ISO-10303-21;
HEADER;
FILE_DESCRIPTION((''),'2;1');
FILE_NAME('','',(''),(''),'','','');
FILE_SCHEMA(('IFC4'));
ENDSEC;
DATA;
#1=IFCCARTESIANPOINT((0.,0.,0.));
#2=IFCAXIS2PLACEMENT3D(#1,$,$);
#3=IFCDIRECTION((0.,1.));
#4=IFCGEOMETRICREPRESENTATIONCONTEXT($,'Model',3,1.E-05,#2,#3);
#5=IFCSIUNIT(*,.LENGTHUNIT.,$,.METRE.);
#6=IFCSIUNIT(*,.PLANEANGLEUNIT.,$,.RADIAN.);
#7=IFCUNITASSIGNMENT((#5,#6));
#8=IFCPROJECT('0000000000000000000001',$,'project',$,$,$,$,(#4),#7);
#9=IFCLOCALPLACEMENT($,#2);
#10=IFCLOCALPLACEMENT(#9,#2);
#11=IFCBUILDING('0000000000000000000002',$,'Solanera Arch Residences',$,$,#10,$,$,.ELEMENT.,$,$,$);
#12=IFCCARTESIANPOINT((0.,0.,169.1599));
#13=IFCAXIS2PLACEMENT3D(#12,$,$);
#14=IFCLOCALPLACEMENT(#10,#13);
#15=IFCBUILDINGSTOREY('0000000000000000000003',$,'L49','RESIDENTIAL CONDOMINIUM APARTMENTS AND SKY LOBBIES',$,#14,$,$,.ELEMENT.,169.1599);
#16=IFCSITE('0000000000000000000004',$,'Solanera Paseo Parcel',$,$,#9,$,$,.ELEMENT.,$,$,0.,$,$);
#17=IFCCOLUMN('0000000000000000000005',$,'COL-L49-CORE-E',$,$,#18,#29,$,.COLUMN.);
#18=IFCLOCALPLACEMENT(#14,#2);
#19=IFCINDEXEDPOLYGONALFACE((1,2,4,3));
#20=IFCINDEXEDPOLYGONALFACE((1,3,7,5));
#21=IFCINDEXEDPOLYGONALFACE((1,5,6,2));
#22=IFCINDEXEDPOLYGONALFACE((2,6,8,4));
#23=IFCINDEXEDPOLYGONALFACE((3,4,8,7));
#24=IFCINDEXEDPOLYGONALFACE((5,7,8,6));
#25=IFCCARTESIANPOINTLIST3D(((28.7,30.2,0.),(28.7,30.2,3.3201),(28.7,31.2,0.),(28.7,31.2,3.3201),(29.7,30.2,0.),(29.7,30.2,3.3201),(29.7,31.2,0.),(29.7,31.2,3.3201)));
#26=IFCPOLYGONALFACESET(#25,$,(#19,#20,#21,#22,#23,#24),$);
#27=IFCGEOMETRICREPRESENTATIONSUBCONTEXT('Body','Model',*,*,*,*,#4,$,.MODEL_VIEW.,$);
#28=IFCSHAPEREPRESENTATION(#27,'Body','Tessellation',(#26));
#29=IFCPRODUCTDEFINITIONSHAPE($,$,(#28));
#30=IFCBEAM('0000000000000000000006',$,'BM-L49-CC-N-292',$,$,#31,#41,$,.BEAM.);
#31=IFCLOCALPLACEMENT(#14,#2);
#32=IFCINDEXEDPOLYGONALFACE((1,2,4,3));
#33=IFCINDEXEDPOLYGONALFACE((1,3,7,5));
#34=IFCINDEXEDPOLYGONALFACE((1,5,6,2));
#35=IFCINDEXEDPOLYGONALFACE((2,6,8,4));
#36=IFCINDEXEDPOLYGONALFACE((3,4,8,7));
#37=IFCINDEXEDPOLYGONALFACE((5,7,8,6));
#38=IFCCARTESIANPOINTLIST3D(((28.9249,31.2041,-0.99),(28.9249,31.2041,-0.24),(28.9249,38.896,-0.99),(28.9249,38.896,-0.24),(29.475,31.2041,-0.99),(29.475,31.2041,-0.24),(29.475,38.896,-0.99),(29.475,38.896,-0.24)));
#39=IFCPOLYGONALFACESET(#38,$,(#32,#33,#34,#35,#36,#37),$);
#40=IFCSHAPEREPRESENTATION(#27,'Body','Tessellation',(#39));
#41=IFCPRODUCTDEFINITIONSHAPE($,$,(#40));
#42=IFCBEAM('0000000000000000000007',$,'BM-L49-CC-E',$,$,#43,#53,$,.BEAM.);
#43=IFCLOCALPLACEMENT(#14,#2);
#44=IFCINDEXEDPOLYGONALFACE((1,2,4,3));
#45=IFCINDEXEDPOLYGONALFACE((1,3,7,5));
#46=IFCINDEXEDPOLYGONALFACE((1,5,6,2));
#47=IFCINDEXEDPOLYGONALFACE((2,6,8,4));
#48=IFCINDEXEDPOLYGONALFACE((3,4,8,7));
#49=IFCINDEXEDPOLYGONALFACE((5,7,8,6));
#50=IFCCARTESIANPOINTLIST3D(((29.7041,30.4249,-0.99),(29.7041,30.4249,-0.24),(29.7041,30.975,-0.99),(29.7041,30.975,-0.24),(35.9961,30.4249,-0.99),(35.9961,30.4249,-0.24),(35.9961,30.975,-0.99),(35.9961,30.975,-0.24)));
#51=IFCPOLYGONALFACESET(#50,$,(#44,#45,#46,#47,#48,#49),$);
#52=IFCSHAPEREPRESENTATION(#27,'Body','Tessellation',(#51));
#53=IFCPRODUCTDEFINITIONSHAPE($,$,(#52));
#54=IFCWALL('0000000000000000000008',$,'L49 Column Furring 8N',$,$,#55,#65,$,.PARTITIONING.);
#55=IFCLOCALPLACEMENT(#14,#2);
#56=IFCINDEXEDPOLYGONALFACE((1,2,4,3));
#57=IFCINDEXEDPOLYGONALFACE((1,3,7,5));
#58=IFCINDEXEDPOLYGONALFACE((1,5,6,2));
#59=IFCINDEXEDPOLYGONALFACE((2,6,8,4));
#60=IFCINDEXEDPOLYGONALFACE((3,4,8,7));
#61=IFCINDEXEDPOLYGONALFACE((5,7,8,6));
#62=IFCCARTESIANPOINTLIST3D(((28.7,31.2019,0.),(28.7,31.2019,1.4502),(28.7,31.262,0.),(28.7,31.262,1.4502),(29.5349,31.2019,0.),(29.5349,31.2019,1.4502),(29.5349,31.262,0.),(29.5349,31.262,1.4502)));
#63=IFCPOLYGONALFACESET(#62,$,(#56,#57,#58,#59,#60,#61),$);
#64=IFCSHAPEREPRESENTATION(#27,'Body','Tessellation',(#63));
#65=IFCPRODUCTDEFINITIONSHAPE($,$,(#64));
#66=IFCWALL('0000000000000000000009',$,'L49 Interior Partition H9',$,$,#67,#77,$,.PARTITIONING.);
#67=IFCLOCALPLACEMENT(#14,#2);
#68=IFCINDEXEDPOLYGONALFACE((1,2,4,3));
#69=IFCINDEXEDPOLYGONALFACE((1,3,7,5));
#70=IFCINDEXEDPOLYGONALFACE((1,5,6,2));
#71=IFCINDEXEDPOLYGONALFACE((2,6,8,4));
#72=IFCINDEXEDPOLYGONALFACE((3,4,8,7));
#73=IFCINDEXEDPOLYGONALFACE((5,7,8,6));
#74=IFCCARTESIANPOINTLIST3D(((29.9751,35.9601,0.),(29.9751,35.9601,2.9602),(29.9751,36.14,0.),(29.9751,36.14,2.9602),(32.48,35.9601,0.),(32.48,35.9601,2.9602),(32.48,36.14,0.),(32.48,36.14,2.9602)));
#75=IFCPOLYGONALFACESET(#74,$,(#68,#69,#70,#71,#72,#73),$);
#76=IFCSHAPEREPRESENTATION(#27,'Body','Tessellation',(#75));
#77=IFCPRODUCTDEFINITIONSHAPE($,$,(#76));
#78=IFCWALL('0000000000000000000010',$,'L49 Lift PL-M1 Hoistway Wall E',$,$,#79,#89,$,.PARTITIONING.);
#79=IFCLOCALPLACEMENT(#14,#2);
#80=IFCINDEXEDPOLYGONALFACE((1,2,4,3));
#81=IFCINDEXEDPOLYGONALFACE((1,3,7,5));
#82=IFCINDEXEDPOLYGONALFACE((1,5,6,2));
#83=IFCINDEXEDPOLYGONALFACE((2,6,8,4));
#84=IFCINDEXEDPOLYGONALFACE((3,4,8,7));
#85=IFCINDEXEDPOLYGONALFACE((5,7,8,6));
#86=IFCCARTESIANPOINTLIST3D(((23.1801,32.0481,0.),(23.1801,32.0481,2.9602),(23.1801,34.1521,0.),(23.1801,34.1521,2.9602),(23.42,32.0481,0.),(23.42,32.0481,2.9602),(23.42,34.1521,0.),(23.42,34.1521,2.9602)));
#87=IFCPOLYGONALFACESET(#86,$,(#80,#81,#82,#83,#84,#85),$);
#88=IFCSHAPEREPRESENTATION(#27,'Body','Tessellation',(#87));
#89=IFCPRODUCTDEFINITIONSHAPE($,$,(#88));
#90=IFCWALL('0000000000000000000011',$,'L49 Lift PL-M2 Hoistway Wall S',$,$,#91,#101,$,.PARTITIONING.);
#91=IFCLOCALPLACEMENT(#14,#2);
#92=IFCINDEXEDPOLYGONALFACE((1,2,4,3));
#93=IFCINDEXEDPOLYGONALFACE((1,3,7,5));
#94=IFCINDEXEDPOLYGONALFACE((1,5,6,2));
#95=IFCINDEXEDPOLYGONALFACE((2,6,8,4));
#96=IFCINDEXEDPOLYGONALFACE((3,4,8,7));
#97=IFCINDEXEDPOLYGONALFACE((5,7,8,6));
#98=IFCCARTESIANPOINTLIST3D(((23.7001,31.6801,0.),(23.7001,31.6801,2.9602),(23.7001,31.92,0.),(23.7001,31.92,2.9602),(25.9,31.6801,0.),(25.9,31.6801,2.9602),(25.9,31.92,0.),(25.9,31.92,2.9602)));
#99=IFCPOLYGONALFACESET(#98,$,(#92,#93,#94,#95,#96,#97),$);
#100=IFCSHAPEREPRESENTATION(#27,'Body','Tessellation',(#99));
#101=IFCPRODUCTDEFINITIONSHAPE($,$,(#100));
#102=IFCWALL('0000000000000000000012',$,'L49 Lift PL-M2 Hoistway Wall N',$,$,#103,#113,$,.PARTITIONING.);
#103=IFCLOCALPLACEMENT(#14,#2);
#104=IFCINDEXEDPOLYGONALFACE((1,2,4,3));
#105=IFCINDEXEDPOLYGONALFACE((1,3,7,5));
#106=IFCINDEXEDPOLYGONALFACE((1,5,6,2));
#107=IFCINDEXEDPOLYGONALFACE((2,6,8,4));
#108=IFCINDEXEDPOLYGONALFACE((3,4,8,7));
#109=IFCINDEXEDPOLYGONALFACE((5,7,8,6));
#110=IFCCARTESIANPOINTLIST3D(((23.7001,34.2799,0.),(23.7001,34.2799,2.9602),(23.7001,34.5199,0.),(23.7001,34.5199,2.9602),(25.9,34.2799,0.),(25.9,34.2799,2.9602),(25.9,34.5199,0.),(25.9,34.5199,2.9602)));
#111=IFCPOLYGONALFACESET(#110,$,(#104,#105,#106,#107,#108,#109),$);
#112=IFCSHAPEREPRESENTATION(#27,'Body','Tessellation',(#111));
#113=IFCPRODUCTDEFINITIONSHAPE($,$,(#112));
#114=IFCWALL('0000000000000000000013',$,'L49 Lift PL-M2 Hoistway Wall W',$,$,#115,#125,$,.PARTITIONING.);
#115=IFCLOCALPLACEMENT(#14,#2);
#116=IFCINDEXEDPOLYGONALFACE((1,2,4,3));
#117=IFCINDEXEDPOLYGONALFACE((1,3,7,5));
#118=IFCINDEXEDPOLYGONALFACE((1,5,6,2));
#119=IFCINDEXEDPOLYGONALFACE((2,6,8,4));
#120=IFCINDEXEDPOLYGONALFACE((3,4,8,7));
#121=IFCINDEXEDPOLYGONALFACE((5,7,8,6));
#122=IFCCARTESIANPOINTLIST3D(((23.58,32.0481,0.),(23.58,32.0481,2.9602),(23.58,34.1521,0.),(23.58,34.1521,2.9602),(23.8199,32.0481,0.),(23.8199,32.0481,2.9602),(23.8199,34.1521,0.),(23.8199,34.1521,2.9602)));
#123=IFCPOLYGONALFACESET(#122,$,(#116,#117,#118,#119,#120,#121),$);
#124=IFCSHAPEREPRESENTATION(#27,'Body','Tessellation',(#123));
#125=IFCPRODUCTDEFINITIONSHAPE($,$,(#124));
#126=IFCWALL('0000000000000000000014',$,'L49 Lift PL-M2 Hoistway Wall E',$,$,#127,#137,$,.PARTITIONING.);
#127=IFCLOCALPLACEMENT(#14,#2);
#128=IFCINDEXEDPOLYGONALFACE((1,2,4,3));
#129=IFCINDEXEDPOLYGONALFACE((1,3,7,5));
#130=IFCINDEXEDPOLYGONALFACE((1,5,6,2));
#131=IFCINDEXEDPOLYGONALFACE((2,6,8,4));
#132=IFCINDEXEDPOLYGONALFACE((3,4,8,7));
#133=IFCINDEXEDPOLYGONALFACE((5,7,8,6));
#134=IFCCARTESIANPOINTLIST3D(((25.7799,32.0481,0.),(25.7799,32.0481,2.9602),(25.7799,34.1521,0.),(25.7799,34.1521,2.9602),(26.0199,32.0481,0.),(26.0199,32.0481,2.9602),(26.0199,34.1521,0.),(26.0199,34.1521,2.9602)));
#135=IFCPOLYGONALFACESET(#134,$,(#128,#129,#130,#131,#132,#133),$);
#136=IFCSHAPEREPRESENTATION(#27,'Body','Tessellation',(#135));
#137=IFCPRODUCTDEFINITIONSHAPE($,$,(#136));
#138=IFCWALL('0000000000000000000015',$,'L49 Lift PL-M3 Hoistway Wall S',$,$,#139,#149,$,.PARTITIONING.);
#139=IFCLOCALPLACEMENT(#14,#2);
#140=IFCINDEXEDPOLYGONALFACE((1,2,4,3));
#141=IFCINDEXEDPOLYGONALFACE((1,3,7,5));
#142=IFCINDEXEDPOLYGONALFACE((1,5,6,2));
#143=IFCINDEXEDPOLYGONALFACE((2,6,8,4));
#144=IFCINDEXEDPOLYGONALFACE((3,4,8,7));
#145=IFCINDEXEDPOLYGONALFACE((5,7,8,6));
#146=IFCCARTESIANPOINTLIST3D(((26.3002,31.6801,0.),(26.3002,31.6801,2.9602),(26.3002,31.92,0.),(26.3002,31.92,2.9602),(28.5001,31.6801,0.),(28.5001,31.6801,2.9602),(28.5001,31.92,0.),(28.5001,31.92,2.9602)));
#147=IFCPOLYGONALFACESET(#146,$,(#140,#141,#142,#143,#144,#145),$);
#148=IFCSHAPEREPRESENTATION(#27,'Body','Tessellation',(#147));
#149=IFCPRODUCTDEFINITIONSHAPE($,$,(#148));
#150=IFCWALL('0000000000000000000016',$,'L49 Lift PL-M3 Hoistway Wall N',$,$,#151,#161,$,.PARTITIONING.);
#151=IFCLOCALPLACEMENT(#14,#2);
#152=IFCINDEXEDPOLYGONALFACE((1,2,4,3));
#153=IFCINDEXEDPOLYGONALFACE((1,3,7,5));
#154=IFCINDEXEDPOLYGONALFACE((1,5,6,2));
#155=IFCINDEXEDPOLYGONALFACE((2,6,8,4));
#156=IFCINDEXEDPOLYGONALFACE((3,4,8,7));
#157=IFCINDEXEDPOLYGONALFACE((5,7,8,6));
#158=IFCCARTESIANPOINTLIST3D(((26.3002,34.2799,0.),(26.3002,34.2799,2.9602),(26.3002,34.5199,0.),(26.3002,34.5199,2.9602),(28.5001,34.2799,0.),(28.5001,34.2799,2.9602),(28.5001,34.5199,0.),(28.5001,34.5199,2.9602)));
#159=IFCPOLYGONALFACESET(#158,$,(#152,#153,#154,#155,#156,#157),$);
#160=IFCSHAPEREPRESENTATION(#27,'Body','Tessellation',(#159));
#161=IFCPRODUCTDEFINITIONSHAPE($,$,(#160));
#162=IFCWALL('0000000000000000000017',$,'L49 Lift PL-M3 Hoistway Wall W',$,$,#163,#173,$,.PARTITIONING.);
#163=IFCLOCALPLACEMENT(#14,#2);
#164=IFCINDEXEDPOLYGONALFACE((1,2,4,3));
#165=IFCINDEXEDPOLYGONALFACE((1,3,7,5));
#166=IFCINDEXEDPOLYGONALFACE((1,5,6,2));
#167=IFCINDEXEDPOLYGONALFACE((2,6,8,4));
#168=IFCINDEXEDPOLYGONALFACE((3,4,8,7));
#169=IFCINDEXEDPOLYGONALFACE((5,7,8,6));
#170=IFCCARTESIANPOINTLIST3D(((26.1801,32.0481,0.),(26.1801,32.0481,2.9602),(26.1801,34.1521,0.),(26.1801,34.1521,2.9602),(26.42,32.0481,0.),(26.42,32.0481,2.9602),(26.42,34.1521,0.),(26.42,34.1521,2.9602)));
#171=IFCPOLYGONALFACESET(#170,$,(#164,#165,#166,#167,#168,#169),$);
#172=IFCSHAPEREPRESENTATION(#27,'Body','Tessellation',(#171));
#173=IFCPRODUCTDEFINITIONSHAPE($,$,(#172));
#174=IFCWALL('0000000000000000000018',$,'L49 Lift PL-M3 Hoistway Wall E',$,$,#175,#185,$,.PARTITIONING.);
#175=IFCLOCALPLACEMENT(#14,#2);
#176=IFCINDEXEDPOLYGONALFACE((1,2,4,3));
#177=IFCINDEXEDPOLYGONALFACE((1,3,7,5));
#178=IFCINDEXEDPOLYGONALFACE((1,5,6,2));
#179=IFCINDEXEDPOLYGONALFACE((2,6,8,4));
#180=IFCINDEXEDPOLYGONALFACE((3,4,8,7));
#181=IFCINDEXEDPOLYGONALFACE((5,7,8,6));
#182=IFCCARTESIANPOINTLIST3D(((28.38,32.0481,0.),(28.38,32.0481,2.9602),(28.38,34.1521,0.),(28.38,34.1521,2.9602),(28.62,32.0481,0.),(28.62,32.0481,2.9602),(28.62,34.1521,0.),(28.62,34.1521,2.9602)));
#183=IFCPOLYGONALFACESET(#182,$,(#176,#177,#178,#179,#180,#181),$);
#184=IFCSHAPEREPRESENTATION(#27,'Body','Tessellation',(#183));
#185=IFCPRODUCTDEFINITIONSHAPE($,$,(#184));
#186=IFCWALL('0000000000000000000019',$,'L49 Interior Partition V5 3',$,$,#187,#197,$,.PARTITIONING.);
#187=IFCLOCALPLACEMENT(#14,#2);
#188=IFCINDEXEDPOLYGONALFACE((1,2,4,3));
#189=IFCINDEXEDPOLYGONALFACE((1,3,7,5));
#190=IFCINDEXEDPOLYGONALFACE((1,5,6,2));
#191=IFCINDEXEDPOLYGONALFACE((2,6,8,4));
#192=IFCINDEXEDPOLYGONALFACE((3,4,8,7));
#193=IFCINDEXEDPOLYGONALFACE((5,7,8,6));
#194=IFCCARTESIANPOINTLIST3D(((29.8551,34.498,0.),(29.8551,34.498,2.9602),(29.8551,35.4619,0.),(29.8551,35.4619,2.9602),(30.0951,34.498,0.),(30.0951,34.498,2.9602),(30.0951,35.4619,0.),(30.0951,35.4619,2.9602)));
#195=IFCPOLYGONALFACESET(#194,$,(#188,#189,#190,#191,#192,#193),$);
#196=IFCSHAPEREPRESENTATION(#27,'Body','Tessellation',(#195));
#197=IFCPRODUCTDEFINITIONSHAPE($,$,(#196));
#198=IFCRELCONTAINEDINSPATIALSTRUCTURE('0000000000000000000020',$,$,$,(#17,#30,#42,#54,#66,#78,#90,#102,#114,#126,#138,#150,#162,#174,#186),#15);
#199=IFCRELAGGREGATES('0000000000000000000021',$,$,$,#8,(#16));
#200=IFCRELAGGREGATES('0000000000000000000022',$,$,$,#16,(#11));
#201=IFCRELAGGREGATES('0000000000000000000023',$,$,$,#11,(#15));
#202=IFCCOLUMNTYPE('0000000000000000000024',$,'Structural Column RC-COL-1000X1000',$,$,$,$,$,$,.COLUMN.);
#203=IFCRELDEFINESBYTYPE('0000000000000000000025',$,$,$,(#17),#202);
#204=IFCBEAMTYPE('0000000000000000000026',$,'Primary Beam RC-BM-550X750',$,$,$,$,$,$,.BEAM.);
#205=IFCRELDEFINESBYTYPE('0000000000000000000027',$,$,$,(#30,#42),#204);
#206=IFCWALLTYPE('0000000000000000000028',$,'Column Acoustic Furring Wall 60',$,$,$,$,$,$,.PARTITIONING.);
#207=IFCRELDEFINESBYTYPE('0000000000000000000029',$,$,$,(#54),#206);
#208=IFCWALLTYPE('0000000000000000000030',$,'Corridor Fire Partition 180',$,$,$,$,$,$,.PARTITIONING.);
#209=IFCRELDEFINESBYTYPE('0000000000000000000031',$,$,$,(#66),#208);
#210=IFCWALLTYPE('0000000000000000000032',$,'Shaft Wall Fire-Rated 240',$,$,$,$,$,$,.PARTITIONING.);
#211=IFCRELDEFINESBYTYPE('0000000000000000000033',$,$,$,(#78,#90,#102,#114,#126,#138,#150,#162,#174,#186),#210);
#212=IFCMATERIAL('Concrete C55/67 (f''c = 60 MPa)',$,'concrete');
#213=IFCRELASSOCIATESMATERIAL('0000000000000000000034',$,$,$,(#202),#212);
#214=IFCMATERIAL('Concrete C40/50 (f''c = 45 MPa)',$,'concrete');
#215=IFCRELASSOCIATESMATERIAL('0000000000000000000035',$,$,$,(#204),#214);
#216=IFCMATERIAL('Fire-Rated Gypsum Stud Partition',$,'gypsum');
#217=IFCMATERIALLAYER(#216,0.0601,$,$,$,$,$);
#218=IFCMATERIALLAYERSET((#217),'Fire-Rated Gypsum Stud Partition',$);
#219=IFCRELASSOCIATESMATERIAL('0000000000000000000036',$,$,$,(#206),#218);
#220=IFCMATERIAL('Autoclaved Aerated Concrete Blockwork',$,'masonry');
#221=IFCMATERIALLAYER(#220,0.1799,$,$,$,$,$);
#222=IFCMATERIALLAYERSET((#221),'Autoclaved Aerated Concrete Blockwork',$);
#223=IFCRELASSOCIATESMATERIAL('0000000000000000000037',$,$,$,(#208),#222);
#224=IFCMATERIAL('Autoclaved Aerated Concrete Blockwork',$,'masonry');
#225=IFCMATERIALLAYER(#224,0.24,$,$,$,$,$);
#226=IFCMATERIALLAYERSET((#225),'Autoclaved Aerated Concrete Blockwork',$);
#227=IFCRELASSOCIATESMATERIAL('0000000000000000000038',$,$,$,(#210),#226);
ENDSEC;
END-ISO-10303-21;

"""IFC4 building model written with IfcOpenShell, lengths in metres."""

from ifc_helpers import new_model, si_unit, direction, frame, frame_2d, origin, origin_2d, place, context, subcontext, project, spatial, rectangle, extrude, material, layer, layer_set, material_profile, profile_set, type_object, element, save


model = new_model("IFC4")

# Units and contexts
model_context = context("Model", 3, precision=1e-05, world=origin(), true_north=direction((0.0, 1.0)))
body_context = subcontext(model_context, "Body", "Model", "MODEL_VIEW")
ifc_project = project(units=[si_unit("LENGTHUNIT", "METRE"), si_unit("PLANEANGLEUNIT", "RADIAN")], contexts=[model_context])

# Site, building, storey
site_placement = place(None, origin())
site = spatial("IfcSite", under=ifc_project, at=site_placement, Name="Solanera Paseo Parcel", CompositionType="ELEMENT", RefElevation=0.0)
building_placement = place(site_placement, origin())
building = spatial("IfcBuilding", under=site, at=building_placement, Name="Solanera Arch Residences", CompositionType="ELEMENT")
storey_placement = place(building_placement, frame((0.0, 0.0, 169.1599)))
storey = spatial("IfcBuildingStorey", under=building, at=storey_placement, Name="L49", Description="RESIDENTIAL CONDOMINIUM APARTMENTS AND SKY LOBBIES", CompositionType="ELEMENT", Elevation=169.1599)

# Column
ifc_material_1 = material(Name="Concrete C55/67 (f'c = 60 MPa)", Category="concrete")
ifc_material_profile_1 = material_profile(ifc_material_1, rectangle(XDim=1.0, YDim=1.0, at=origin_2d()))
ifc_profile_set_1 = profile_set([ifc_material_profile_1], Name="Concrete C55/67 (f'c = 60 MPa)")
column_type = type_object("IfcColumnType", Name="Structural Column RC-COL-1000X1000", PredefinedType="COLUMN", material=ifc_profile_set_1)
column_placement = place(storey_placement, frame((29.2, 30.7, 0.0), z_axis=(0.0, 0.0, 1.0), x_axis=(1.0, 0.0, 0.0)))
element("IfcColumn", 1, at=column_placement, inside=storey, type_object=column_type, Name="COL-L49-CORE-E", PredefinedType="COLUMN", context=body_context, shape_type="SweptSolid", body=[
    extrude(rectangle(XDim=1.0, YDim=1.0, at=origin_2d()), origin(), (0.0, 0.0, 1.0), 3.3201),
])

# Beams
ifc_material_2 = material(Name="Concrete C40/50 (f'c = 45 MPa)", Category="concrete")
ifc_material_profile_2 = material_profile(ifc_material_2, rectangle(XDim=0.55, YDim=0.75, at=origin_2d()))
ifc_profile_set_2 = profile_set([ifc_material_profile_2], Name="Concrete C40/50 (f'c = 45 MPa)")
beam_type = type_object("IfcBeamType", Name="Primary Beam RC-BM-550X750", PredefinedType="BEAM", material=ifc_profile_set_2)
beam_1_placement = place(storey_placement, frame((29.2, 31.2041, -0.615), z_axis=(0.0, 1.0, 0.0), x_axis=(-1.0, 0.0, 0.0)))
element("IfcBeam", 2, at=beam_1_placement, inside=storey, type_object=beam_type, Name="BM-L49-CC-N-292", PredefinedType="BEAM", context=body_context, shape_type="SweptSolid", body=[
    extrude(rectangle(XDim=0.55, YDim=0.75, at=origin_2d()), origin(), (0.0, 0.0, 1.0), 7.6919),
])
beam_2_placement = place(storey_placement, frame((29.7041, 30.7, -0.615), z_axis=(1.0, 0.0, 0.0), x_axis=(0.0, 1.0, 0.0)))
element("IfcBeam", 3, at=beam_2_placement, inside=storey, type_object=beam_type, Name="BM-L49-CC-E", PredefinedType="BEAM", context=body_context, shape_type="SweptSolid", body=[
    extrude(rectangle(XDim=0.55, YDim=0.75, at=origin_2d()), origin(), (0.0, 0.0, 1.0), 6.292),
])

# Wall
ifc_material_3 = material(Name="Fire-Rated Gypsum Stud Partition", Category="gypsum")
ifc_layer_1 = layer(ifc_material_3, 0.0601)
ifc_layer_set_1 = layer_set([ifc_layer_1], Name="Fire-Rated Gypsum Stud Partition")
wall_type_1 = type_object("IfcWallType", Name="Column Acoustic Furring Wall 60", PredefinedType="PARTITIONING", material=ifc_layer_set_1)
wall_1_placement = place(storey_placement, frame((28.7, 31.2319, 0.0), z_axis=(0.0, 0.0, 1.0), x_axis=(1.0, 0.0, 0.0)))
element("IfcWall", 4, at=wall_1_placement, inside=storey, type_object=wall_type_1, Name="L49 Column Furring 8N", PredefinedType="PARTITIONING", context=body_context, shape_type="SweptSolid", body=[
    extrude(rectangle(XDim=0.835, YDim=0.0601, at=frame_2d((0.4175, 0.0))), origin(), (0.0, 0.0, 1.0), 1.4502),
])

# Walls
ifc_material_4 = material(Name="Autoclaved Aerated Concrete Blockwork", Category="masonry")
ifc_layer_2 = layer(ifc_material_4, 0.1799)
ifc_layer_set_2 = layer_set([ifc_layer_2], Name="Autoclaved Aerated Concrete Blockwork")
wall_type_2 = type_object("IfcWallType", Name="Corridor Fire Partition 180", PredefinedType="PARTITIONING", material=ifc_layer_set_2)
wall_2_placement = place(storey_placement, frame((29.9751, 36.05, 0.0), z_axis=(0.0, 0.0, 1.0), x_axis=(1.0, 0.0, 0.0)))
element("IfcWall", 5, at=wall_2_placement, inside=storey, type_object=wall_type_2, Name="L49 Interior Partition H9", PredefinedType="PARTITIONING", context=body_context, shape_type="SweptSolid", body=[
    extrude(rectangle(XDim=2.5049, YDim=0.1799, at=frame_2d((1.2524, 0.0))), origin(), (0.0, 0.0, 1.0), 2.9602),
])
ifc_material_5 = material(Name="Autoclaved Aerated Concrete Blockwork", Category="masonry")
ifc_layer_3 = layer(ifc_material_5, 0.24)
ifc_layer_set_3 = layer_set([ifc_layer_3], Name="Autoclaved Aerated Concrete Blockwork")
wall_type_3 = type_object("IfcWallType", Name="Shaft Wall Fire-Rated 240", PredefinedType="PARTITIONING", material=ifc_layer_set_3)
wall_3_placement = place(storey_placement, frame((23.3, 32.0481, 0.0), z_axis=(0.0, 0.0, 1.0), x_axis=(0.0, 1.0, 0.0)))
element("IfcWall", 6, at=wall_3_placement, inside=storey, type_object=wall_type_3, Name="L49 Lift PL-M1 Hoistway Wall E", PredefinedType="PARTITIONING", context=body_context, shape_type="SweptSolid", body=[
    extrude(rectangle(XDim=2.104, YDim=0.24, at=frame_2d((1.052, 0.0))), origin(), (0.0, 0.0, 1.0), 2.9602),
])
for number, where, z_axis, x_axis, name in (
    (7, (23.7, 31.8, 0.0), (0.0, 0.0, 1.0), (1.0, 0.0, 0.0), "L49 Lift PL-M2 Hoistway Wall S"),
    (8, (23.7, 34.3999, 0.0), (0.0, 0.0, 1.0), (1.0, 0.0, 0.0), "L49 Lift PL-M2 Hoistway Wall N"),
):
    element("IfcWall", number, at=place(storey_placement, frame(where, z_axis=z_axis, x_axis=x_axis)), inside=storey, type_object=wall_type_3, Name=name, PredefinedType="PARTITIONING", context=body_context, shape_type="SweptSolid", body=[
        extrude(rectangle(XDim=2.2, YDim=0.24, at=frame_2d((1.1001, 0.0))), origin(), (0.0, 0.0, 1.0), 2.9602),
    ])
for number, where, z_axis, x_axis, name in (
    (9, (23.7, 32.0481, 0.0), (0.0, 0.0, 1.0), (0.0, 1.0, 0.0), "L49 Lift PL-M2 Hoistway Wall W"),
    (10, (25.8999, 32.0481, 0.0), (0.0, 0.0, 1.0), (0.0, 1.0, 0.0), "L49 Lift PL-M2 Hoistway Wall E"),
):
    element("IfcWall", number, at=place(storey_placement, frame(where, z_axis=z_axis, x_axis=x_axis)), inside=storey, type_object=wall_type_3, Name=name, PredefinedType="PARTITIONING", context=body_context, shape_type="SweptSolid", body=[
        extrude(rectangle(XDim=2.104, YDim=0.24, at=frame_2d((1.052, 0.0))), origin(), (0.0, 0.0, 1.0), 2.9602),
    ])
for number, where, z_axis, x_axis, name in (
    (11, (26.3, 31.8, 0.0), (0.0, 0.0, 1.0), (1.0, 0.0, 0.0), "L49 Lift PL-M3 Hoistway Wall S"),
    (12, (26.3, 34.3999, 0.0), (0.0, 0.0, 1.0), (1.0, 0.0, 0.0), "L49 Lift PL-M3 Hoistway Wall N"),
):
    element("IfcWall", number, at=place(storey_placement, frame(where, z_axis=z_axis, x_axis=x_axis)), inside=storey, type_object=wall_type_3, Name=name, PredefinedType="PARTITIONING", context=body_context, shape_type="SweptSolid", body=[
        extrude(rectangle(XDim=2.2, YDim=0.24, at=frame_2d((1.1001, 0.0))), origin(), (0.0, 0.0, 1.0), 2.9602),
    ])
for number, where, z_axis, x_axis, name in (
    (13, (26.3, 32.0481, 0.0), (0.0, 0.0, 1.0), (0.0, 1.0, 0.0), "L49 Lift PL-M3 Hoistway Wall W"),
    (14, (28.5, 32.0481, 0.0), (0.0, 0.0, 1.0), (0.0, 1.0, 0.0), "L49 Lift PL-M3 Hoistway Wall E"),
):
    element("IfcWall", number, at=place(storey_placement, frame(where, z_axis=z_axis, x_axis=x_axis)), inside=storey, type_object=wall_type_3, Name=name, PredefinedType="PARTITIONING", context=body_context, shape_type="SweptSolid", body=[
        extrude(rectangle(XDim=2.104, YDim=0.24, at=frame_2d((1.052, 0.0))), origin(), (0.0, 0.0, 1.0), 2.9602),
    ])

# Wall
wall_4_placement = place(storey_placement, frame((29.9751, 34.498, 0.0), z_axis=(0.0, 0.0, 1.0), x_axis=(0.0, 1.0, 0.0)))
element("IfcWall", 15, at=wall_4_placement, inside=storey, type_object=wall_type_3, Name="L49 Interior Partition V5 3", PredefinedType="PARTITIONING", context=body_context, shape_type="SweptSolid", body=[
    extrude(rectangle(XDim=0.9639, YDim=0.24, at=frame_2d((0.4819, 0.0))), origin(), (0.0, 0.0, 1.0), 2.9602),
])

save(model, "model.ifc")
